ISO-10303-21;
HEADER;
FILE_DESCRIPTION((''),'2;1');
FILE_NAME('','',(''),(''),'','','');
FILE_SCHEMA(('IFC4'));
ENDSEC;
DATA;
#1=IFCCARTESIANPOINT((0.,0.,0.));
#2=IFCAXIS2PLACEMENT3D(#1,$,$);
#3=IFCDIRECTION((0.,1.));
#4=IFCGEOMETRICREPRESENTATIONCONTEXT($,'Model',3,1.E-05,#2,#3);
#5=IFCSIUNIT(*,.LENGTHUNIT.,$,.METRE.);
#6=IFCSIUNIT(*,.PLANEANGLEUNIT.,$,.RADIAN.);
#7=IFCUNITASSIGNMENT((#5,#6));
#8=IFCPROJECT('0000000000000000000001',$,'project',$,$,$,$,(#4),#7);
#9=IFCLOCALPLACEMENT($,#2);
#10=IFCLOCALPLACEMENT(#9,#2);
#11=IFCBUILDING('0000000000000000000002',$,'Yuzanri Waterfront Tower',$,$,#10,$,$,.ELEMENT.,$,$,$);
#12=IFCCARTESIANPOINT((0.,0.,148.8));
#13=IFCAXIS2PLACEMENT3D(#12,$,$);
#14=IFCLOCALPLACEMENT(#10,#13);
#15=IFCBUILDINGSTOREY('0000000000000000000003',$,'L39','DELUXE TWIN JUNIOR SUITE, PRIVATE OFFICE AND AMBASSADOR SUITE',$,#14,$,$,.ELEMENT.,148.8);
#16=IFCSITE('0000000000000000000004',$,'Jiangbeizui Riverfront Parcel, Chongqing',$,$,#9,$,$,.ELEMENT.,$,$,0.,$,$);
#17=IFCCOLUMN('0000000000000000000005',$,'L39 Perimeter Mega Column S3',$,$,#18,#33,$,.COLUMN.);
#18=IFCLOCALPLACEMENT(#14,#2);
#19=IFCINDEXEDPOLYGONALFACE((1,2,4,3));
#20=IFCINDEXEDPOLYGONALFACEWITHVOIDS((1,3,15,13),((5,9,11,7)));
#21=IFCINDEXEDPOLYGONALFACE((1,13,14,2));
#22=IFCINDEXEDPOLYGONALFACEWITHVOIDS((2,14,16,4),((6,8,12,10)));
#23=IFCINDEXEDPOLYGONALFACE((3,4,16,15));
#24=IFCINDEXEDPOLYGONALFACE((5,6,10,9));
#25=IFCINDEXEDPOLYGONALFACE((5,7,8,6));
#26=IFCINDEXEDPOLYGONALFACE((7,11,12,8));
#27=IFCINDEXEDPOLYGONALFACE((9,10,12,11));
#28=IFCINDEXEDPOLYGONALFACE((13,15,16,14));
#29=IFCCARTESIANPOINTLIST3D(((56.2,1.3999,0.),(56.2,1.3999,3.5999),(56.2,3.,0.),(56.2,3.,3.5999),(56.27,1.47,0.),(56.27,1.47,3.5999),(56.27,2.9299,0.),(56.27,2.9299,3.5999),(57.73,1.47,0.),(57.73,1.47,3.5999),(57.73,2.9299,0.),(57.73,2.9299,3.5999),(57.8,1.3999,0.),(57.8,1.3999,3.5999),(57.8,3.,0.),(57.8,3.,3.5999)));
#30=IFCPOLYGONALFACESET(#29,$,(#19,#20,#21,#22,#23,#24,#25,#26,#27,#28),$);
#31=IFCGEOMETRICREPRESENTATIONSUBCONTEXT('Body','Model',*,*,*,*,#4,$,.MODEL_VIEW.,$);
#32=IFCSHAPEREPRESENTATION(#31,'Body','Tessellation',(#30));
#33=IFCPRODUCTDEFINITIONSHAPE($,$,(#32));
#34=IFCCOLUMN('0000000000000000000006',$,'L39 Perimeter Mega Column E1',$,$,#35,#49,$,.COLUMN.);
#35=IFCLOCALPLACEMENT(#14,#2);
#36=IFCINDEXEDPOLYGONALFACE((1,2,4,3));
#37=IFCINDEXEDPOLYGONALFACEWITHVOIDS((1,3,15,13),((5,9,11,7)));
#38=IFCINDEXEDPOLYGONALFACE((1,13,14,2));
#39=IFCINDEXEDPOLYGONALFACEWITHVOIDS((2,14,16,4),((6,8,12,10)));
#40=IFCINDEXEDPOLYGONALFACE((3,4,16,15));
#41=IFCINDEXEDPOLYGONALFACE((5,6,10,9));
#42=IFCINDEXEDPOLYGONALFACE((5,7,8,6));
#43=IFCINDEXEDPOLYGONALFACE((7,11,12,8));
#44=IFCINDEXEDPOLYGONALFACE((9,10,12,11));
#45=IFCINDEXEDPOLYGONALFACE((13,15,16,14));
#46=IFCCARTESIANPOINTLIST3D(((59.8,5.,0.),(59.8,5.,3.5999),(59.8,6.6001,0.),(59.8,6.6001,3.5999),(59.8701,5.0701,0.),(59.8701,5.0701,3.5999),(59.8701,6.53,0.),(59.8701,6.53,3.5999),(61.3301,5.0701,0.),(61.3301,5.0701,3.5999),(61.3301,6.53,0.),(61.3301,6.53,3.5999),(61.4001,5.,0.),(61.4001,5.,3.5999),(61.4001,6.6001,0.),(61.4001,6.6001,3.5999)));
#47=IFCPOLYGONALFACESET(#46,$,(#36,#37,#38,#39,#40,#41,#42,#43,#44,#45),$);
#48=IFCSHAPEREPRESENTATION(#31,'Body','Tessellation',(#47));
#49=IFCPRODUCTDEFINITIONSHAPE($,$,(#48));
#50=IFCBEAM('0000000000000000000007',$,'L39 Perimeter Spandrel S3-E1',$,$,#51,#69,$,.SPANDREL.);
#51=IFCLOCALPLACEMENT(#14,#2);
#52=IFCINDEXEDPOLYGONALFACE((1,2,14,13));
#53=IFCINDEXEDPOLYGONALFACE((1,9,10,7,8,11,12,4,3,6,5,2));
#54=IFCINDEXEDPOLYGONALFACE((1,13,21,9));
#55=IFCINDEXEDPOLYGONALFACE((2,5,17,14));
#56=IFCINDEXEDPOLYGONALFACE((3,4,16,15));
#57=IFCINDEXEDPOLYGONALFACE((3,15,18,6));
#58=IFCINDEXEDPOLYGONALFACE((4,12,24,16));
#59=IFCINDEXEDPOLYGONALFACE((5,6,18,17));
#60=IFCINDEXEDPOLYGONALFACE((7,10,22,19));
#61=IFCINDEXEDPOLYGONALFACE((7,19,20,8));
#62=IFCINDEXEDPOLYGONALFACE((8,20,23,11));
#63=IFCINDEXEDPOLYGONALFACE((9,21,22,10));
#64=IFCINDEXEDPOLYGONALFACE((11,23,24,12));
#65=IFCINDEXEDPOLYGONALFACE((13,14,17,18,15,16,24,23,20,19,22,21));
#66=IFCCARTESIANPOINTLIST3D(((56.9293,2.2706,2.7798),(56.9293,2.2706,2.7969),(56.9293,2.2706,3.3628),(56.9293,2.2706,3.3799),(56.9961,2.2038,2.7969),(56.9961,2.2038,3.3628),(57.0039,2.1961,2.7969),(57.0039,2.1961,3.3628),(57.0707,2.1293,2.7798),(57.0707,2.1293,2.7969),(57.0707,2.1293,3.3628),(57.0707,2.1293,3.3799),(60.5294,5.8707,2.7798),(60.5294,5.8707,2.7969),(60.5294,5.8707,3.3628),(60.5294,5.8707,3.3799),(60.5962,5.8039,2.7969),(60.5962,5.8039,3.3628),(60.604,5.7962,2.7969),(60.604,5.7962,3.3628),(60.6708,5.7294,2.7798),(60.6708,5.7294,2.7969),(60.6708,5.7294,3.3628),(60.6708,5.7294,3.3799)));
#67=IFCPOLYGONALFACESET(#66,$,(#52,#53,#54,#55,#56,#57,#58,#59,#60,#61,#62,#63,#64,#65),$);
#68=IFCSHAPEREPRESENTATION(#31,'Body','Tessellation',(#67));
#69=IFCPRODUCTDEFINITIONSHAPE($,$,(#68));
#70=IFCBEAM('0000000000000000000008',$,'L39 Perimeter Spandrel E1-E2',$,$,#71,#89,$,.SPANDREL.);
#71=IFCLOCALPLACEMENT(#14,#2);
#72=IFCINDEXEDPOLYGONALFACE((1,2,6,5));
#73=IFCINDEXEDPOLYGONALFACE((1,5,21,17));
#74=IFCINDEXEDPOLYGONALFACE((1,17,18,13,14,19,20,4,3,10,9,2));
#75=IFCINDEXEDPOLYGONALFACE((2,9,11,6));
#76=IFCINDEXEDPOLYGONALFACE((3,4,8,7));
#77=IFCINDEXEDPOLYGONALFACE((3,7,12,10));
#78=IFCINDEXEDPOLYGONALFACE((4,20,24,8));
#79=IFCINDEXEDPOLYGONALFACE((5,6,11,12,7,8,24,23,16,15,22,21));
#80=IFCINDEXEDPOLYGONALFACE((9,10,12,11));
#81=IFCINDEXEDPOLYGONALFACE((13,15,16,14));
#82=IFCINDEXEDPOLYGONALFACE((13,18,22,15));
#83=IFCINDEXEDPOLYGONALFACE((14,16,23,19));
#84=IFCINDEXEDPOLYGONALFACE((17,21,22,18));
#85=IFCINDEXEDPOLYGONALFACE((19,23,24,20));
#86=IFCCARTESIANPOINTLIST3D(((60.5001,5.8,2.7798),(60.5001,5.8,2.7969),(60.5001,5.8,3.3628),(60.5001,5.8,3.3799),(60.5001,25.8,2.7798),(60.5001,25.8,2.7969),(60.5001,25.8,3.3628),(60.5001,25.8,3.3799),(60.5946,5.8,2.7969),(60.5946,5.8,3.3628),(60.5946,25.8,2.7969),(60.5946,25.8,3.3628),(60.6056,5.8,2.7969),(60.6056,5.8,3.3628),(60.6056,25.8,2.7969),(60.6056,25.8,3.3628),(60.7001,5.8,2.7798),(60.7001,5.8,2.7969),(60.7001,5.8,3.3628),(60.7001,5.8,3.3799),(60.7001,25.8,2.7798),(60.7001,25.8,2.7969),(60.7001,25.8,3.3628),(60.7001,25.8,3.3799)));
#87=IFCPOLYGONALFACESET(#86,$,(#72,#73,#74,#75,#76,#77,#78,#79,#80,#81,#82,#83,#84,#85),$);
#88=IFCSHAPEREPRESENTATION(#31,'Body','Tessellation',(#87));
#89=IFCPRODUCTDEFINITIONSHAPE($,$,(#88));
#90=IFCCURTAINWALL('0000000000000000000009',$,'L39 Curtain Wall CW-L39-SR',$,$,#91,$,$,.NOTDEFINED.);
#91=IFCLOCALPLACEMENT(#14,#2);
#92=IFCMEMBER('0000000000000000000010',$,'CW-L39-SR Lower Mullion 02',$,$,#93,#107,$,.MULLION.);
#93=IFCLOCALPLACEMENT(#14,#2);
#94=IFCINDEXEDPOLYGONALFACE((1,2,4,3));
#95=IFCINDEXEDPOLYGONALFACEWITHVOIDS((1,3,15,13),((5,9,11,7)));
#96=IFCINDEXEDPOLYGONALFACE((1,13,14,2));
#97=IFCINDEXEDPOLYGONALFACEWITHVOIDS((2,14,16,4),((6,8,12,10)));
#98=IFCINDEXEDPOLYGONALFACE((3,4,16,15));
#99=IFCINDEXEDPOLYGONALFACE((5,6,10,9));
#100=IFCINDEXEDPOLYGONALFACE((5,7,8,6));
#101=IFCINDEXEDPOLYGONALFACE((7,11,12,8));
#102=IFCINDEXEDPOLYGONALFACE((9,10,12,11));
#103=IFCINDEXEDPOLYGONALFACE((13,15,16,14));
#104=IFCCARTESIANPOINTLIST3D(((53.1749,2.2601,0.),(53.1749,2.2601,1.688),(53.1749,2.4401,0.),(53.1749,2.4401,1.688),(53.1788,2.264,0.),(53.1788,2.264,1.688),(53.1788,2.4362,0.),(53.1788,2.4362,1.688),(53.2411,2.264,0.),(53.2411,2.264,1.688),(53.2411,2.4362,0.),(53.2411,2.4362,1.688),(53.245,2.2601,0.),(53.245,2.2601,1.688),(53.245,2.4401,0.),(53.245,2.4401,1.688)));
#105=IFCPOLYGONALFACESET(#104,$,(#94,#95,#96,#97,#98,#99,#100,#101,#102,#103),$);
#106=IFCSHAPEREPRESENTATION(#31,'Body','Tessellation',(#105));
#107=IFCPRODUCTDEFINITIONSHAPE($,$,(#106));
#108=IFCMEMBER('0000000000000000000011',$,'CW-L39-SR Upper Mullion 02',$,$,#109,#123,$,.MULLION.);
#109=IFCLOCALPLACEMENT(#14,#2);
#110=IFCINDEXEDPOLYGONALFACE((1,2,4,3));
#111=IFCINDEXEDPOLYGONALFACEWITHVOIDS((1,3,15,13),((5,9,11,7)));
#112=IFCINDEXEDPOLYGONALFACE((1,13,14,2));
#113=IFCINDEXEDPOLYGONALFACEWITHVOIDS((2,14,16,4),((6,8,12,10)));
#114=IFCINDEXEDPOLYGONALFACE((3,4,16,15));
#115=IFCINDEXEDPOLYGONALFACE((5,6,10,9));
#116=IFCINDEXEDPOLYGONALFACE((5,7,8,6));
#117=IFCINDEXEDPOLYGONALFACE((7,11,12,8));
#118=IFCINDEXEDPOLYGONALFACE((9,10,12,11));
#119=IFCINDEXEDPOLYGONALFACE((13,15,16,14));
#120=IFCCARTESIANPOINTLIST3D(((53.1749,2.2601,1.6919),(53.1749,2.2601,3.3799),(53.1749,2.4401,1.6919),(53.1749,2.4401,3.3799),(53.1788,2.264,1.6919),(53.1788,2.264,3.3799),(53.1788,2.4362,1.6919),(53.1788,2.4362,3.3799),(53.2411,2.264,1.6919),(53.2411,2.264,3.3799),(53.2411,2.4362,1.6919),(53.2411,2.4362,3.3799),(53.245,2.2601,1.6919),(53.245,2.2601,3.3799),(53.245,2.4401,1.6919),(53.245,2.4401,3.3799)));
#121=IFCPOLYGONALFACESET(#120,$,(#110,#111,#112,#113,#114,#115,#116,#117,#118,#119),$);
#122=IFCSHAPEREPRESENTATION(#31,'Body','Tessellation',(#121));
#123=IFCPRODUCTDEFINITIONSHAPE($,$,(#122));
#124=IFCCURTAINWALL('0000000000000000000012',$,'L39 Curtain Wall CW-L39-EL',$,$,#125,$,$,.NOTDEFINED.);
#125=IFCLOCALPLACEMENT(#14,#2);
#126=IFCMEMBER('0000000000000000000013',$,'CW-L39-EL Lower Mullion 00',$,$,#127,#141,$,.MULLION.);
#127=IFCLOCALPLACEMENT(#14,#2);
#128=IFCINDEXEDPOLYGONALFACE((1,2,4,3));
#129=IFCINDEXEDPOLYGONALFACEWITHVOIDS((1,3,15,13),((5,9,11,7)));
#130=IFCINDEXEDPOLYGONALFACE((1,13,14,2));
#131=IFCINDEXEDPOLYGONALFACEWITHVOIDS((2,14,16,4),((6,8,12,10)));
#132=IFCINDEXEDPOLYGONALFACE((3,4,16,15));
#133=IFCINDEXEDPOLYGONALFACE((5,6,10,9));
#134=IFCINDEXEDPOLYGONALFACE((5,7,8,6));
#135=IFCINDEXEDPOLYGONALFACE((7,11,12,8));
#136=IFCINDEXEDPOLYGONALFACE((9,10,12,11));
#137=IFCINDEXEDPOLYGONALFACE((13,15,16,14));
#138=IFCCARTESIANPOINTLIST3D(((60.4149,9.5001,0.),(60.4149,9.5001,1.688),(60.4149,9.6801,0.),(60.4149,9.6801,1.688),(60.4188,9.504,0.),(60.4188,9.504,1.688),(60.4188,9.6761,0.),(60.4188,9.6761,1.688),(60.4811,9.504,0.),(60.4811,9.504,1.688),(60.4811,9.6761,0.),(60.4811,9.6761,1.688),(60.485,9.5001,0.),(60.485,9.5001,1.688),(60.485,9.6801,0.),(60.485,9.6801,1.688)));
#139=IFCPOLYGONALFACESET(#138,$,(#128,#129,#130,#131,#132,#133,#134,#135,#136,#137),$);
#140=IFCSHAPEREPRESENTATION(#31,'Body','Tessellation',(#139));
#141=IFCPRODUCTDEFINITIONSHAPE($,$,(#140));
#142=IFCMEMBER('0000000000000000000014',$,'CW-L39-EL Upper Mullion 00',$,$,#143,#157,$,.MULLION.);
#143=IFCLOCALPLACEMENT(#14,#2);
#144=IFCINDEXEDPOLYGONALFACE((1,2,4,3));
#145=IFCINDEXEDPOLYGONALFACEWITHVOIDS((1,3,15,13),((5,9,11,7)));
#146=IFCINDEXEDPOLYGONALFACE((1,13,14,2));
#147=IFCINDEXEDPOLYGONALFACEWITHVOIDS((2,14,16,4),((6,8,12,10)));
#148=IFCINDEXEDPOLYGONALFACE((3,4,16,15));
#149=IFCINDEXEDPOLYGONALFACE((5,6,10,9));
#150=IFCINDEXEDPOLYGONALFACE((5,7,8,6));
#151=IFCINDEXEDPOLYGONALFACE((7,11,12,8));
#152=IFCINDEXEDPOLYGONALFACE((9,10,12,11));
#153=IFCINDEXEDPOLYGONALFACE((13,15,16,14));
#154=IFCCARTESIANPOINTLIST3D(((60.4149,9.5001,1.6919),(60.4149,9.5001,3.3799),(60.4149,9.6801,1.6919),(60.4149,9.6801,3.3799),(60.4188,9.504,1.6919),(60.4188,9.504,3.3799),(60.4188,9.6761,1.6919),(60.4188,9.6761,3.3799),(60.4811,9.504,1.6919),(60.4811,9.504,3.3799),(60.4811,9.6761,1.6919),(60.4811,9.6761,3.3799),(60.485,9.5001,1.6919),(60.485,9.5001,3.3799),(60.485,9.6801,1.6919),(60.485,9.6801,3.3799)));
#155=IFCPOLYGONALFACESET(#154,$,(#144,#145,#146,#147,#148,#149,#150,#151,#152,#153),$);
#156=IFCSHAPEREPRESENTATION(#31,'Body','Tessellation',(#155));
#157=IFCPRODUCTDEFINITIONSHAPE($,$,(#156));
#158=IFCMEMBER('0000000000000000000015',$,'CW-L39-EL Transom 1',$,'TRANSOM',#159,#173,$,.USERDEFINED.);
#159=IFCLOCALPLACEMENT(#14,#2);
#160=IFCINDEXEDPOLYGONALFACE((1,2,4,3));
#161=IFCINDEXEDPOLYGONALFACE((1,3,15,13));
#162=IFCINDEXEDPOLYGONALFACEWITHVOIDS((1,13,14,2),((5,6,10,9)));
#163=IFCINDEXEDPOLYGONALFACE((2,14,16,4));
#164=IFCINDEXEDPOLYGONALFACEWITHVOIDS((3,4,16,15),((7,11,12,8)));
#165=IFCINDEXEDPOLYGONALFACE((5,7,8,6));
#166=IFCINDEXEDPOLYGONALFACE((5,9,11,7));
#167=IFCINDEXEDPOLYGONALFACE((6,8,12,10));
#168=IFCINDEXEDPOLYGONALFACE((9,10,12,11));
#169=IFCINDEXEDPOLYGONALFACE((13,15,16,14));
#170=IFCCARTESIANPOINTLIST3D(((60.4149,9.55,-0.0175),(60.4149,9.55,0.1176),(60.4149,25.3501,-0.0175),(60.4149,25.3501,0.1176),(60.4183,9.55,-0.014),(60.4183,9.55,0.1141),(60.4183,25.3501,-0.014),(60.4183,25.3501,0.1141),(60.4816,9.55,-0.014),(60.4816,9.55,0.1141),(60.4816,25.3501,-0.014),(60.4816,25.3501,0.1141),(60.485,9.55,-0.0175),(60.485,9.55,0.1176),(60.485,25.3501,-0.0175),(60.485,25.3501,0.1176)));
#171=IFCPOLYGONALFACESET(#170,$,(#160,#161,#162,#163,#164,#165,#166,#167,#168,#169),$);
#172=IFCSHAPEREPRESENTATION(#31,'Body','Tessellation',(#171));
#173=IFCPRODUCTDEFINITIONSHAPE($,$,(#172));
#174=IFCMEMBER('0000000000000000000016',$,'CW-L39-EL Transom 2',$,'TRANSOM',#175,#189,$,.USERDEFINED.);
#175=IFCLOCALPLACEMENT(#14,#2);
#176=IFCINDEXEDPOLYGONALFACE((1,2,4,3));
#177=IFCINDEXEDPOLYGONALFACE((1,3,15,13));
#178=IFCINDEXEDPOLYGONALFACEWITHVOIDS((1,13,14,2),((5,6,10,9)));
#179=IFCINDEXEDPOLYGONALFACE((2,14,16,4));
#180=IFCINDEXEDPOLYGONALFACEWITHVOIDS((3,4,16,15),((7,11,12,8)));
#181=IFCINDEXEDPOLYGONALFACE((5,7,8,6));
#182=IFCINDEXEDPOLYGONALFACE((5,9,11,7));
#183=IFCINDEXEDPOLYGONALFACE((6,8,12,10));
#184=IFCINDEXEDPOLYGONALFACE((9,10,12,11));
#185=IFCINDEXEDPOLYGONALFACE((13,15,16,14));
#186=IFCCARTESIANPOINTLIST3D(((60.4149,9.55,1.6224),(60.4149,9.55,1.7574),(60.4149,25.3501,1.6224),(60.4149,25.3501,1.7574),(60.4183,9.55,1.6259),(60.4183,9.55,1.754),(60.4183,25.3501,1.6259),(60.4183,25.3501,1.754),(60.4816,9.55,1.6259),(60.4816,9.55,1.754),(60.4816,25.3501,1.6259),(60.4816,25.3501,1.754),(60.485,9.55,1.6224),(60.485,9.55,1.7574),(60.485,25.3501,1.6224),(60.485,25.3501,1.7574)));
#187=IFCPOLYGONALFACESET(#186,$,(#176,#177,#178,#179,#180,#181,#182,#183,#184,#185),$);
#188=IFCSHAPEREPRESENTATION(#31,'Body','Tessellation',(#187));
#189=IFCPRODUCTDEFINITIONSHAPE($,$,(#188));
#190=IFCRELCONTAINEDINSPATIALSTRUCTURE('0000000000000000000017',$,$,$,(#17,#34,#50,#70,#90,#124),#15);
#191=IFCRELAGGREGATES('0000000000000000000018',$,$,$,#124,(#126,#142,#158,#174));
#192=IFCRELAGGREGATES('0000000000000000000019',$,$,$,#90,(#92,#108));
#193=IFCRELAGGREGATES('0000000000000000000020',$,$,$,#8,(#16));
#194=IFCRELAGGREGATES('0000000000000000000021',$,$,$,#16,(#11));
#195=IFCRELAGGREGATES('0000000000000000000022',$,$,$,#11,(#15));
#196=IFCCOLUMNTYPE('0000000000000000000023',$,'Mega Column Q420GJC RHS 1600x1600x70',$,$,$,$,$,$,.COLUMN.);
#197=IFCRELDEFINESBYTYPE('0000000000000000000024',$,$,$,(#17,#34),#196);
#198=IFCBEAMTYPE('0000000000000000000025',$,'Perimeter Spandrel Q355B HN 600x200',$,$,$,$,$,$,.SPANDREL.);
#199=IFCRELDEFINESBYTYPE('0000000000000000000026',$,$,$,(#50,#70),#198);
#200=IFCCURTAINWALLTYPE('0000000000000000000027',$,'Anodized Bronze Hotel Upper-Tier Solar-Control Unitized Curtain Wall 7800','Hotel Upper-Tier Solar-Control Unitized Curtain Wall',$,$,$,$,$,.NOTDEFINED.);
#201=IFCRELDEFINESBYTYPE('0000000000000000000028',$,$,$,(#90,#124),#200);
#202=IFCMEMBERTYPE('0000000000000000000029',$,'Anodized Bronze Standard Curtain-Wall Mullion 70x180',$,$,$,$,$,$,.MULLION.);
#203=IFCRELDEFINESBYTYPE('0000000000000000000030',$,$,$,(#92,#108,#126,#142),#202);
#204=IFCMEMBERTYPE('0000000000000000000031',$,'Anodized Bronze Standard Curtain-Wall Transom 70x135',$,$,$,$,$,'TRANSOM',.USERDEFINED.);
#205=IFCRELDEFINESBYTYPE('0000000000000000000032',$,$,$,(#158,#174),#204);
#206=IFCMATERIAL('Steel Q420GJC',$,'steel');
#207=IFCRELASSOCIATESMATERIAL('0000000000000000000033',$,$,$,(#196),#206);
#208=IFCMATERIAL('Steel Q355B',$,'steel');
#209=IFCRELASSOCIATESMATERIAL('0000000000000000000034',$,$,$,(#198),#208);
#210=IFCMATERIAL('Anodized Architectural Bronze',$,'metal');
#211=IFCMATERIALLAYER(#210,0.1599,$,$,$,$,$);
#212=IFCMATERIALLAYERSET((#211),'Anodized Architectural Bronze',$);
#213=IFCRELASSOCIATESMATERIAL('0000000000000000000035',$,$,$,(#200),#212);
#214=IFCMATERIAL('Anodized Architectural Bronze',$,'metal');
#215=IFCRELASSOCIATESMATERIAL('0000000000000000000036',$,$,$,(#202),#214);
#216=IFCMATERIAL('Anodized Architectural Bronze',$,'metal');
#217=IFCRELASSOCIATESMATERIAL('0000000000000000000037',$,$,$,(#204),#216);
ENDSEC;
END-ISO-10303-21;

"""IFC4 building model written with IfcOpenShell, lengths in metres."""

from ifc_helpers import new_model, si_unit, direction, frame, origin, origin_2d, place, context, subcontext, project, spatial, hollow_rectangle, i_section, extrude, source, transform, mapped, material, layer, layer_set, material_profile, profile_set, type_object, element, aggregate, save


model = new_model("IFC4")

# Units and contexts
model_context = context("Model", 3, precision=1e-05, world=origin(), true_north=direction((0.0, 1.0)))
body_context = subcontext(model_context, "Body", "Model", "MODEL_VIEW")
ifc_project = project(units=[si_unit("LENGTHUNIT", "METRE"), si_unit("PLANEANGLEUNIT", "RADIAN")], contexts=[model_context])

# Site, building, storey
site_placement = place(None, origin())
site = spatial("IfcSite", under=ifc_project, at=site_placement, Name="Jiangbeizui Riverfront Parcel, Chongqing", CompositionType="ELEMENT", RefElevation=0.0)
building_placement = place(site_placement, origin())
building = spatial("IfcBuilding", under=site, at=building_placement, Name="Yuzanri Waterfront Tower", CompositionType="ELEMENT")
storey_placement = place(building_placement, frame((0.0, 0.0, 148.8)))
storey = spatial("IfcBuildingStorey", under=building, at=storey_placement, Name="L39", Description="DELUXE TWIN JUNIOR SUITE, PRIVATE OFFICE AND AMBASSADOR SUITE", CompositionType="ELEMENT", Elevation=148.8)

# Columns
ifc_material_1 = material(Name="Steel Q420GJC", Category="steel")
ifc_material_profile_1 = material_profile(ifc_material_1, hollow_rectangle(XDim=1.6001, YDim=1.6001, WallThickness=0.0701, at=origin_2d()), Name="RHS 1600x1600x70")
ifc_profile_set_1 = profile_set([ifc_material_profile_1], Name="Steel Q420GJC")
column_type = type_object("IfcColumnType", Name="Mega Column Q420GJC RHS 1600x1600x70", PredefinedType="COLUMN", material=ifc_profile_set_1)
shared_shape_1 = source(origin(), body_context, "Body", "SweptSolid", [
    extrude(hollow_rectangle(XDim=1.6001, YDim=1.6001, WallThickness=0.0701, at=origin_2d()), origin(), (0.0, 0.0, 1.0), 3.5999),
])
for number, where, z_axis, x_axis, name in (
    (1, (57.0, 2.2, 0.0), (0.0, 0.0, 1.0), (1.0, 0.0, 0.0), "L39 Perimeter Mega Column S3"),
    (2, (60.6001, 5.8, 0.0), (0.0, 0.0, 1.0), (1.0, 0.0, 0.0), "L39 Perimeter Mega Column E1"),
):
    element("IfcColumn", number, at=place(storey_placement, frame(where, z_axis=z_axis, x_axis=x_axis)), inside=storey, type_object=column_type, Name=name, PredefinedType="COLUMN", context=body_context, shape_type="MappedRepresentation", body=[
        mapped(shared_shape_1, transform((0.0, 0.0, 0.0), scale=1.0)),
    ])

# Beams
ifc_material_2 = material(Name="Steel Q355B", Category="steel")
ifc_material_profile_2 = material_profile(ifc_material_2, i_section(OverallWidth=0.2, OverallDepth=0.6001, WebThickness=0.011, FlangeThickness=0.0171, at=origin_2d()), Name="HN 600x200x11x17")
ifc_profile_set_2 = profile_set([ifc_material_profile_2], Name="Steel Q355B")
beam_type = type_object("IfcBeamType", Name="Perimeter Spandrel Q355B HN 600x200", PredefinedType="SPANDREL", material=ifc_profile_set_2)
shared_shape_2 = source(origin(), body_context, "Body", "SweptSolid", [
    extrude(i_section(OverallWidth=0.2, OverallDepth=0.6001, WebThickness=0.011, FlangeThickness=0.0171, at=origin_2d()), origin(), (0.0, 0.0, 1.0), 5.0913),
])
beam_1_placement = place(storey_placement, frame((57.0, 2.2, 3.0798), z_axis=(0.707107, 0.707107, 0.0), x_axis=(-0.707107, 0.707107, 0.0)))
element("IfcBeam", 3, at=beam_1_placement, inside=storey, type_object=beam_type, Name="L39 Perimeter Spandrel S3-E1", PredefinedType="SPANDREL", context=body_context, shape_type="MappedRepresentation", body=[
    mapped(shared_shape_2, transform((0.0, 0.0, 0.0), scale=1.0)),
])
shared_shape_3 = source(origin(), body_context, "Body", "SweptSolid", [
    extrude(i_section(OverallWidth=0.2, OverallDepth=0.6001, WebThickness=0.011, FlangeThickness=0.0171, at=origin_2d()), origin(), (0.0, 0.0, 1.0), 20.0),
])
beam_2_placement = place(storey_placement, frame((60.6001, 5.8, 3.0798), z_axis=(0.0, 1.0, 0.0), x_axis=(-1.0, 0.0, 0.0)))
element("IfcBeam", 4, at=beam_2_placement, inside=storey, type_object=beam_type, Name="L39 Perimeter Spandrel E1-E2", PredefinedType="SPANDREL", context=body_context, shape_type="MappedRepresentation", body=[
    mapped(shared_shape_3, transform((0.0, 0.0, 0.0), scale=1.0)),
])

# Curtain walls, members
ifc_material_3 = material(Name="Anodized Architectural Bronze", Category="metal")
ifc_layer_1 = layer(ifc_material_3, 0.1599)
ifc_layer_set_1 = layer_set([ifc_layer_1], Name="Anodized Architectural Bronze")
curtain_wall_type = type_object("IfcCurtainWallType", Name="Anodized Bronze Hotel Upper-Tier Solar-Control Unitized Curtain Wall 7800", Description="Hotel Upper-Tier Solar-Control Unitized Curtain Wall", PredefinedType="NOTDEFINED", material=ifc_layer_set_1)
curtain_wall_1_placement = place(storey_placement, origin())
curtain_wall_1 = element("IfcCurtainWall", 5, at=curtain_wall_1_placement, inside=storey, type_object=curtain_wall_type, Name="L39 Curtain Wall CW-L39-SR", PredefinedType="NOTDEFINED")
ifc_material_4 = material(Name="Anodized Architectural Bronze", Category="metal")
ifc_material_profile_3 = material_profile(ifc_material_4, hollow_rectangle(XDim=0.0701, YDim=0.1799, WallThickness=0.0039, at=origin_2d()), Name="CWM 70x180")
ifc_profile_set_3 = profile_set([ifc_material_profile_3], Name="Anodized Architectural Bronze")
member_type_1 = type_object("IfcMemberType", Name="Anodized Bronze Standard Curtain-Wall Mullion 70x180", PredefinedType="MULLION", material=ifc_profile_set_3)
shared_shape_4 = source(origin(), body_context, "Body", "SweptSolid", [
    extrude(hollow_rectangle(XDim=0.0701, YDim=0.1799, WallThickness=0.0039, at=origin_2d()), origin(), (0.0, 0.0, 1.0), 1.688),
])
member_1_placement = place(storey_placement, frame((53.21, 2.3501, 0.0), z_axis=(0.0, 0.0, 1.0), x_axis=(1.0, 0.0, 0.0)))
member_1 = element("IfcMember", 6, at=member_1_placement, type_object=member_type_1, Name="CW-L39-SR Lower Mullion 02", PredefinedType="MULLION", context=body_context, shape_type="MappedRepresentation", body=[
    mapped(shared_shape_4, transform((0.0, 0.0, 0.0), scale=1.0)),
])
member_2_placement = place(storey_placement, frame((53.21, 2.3501, 1.6919), z_axis=(0.0, 0.0, 1.0), x_axis=(1.0, 0.0, 0.0)))
member_2 = element("IfcMember", 7, at=member_2_placement, type_object=member_type_1, Name="CW-L39-SR Upper Mullion 02", PredefinedType="MULLION", context=body_context, shape_type="MappedRepresentation", body=[
    mapped(shared_shape_4, transform((0.0, 0.0, 0.0), scale=1.0)),
])
curtain_wall_2_placement = place(storey_placement, origin())
curtain_wall_2 = element("IfcCurtainWall", 8, at=curtain_wall_2_placement, inside=storey, type_object=curtain_wall_type, Name="L39 Curtain Wall CW-L39-EL", PredefinedType="NOTDEFINED")
member_3_placement = place(storey_placement, frame((60.45, 9.5901, 0.0), z_axis=(0.0, 0.0, 1.0), x_axis=(1.0, 0.0, 0.0)))
member_3 = element("IfcMember", 9, at=member_3_placement, type_object=member_type_1, Name="CW-L39-EL Lower Mullion 00", PredefinedType="MULLION", context=body_context, shape_type="MappedRepresentation", body=[
    mapped(shared_shape_4, transform((0.0, 0.0, 0.0), scale=1.0)),
])
member_4_placement = place(storey_placement, frame((60.45, 9.5901, 1.6919), z_axis=(0.0, 0.0, 1.0), x_axis=(1.0, 0.0, 0.0)))
member_4 = element("IfcMember", 10, at=member_4_placement, type_object=member_type_1, Name="CW-L39-EL Upper Mullion 00", PredefinedType="MULLION", context=body_context, shape_type="MappedRepresentation", body=[
    mapped(shared_shape_4, transform((0.0, 0.0, 0.0), scale=1.0)),
])
ifc_material_5 = material(Name="Anodized Architectural Bronze", Category="metal")
ifc_material_profile_4 = material_profile(ifc_material_5, hollow_rectangle(XDim=0.0701, YDim=0.135, WallThickness=0.0034, at=origin_2d()), Name="CWT 70x135")
ifc_profile_set_4 = profile_set([ifc_material_profile_4], Name="Anodized Architectural Bronze")
member_type_2 = type_object("IfcMemberType", Name="Anodized Bronze Standard Curtain-Wall Transom 70x135", ElementType="TRANSOM", PredefinedType="USERDEFINED", material=ifc_profile_set_4)
shared_shape_5 = source(origin(), body_context, "Body", "SweptSolid", [
    extrude(hollow_rectangle(XDim=0.0701, YDim=0.135, WallThickness=0.0034, at=origin_2d()), origin(), (0.0, 0.0, 1.0), 15.8),
])
member_5_placement = place(storey_placement, frame((60.45, 9.55, 0.05), z_axis=(0.0, 1.0, 0.0), x_axis=(-1.0, 0.0, 0.0)))
member_5 = element("IfcMember", 11, at=member_5_placement, type_object=member_type_2, Name="CW-L39-EL Transom 1", ObjectType="TRANSOM", PredefinedType="USERDEFINED", context=body_context, shape_type="MappedRepresentation", body=[
    mapped(shared_shape_5, transform((0.0, 0.0, 0.0), scale=1.0)),
])
member_6_placement = place(storey_placement, frame((60.45, 9.55, 1.6899), z_axis=(0.0, 1.0, 0.0), x_axis=(-1.0, 0.0, 0.0)))
member_6 = element("IfcMember", 12, at=member_6_placement, type_object=member_type_2, Name="CW-L39-EL Transom 2", ObjectType="TRANSOM", PredefinedType="USERDEFINED", context=body_context, shape_type="MappedRepresentation", body=[
    mapped(shared_shape_5, transform((0.0, 0.0, 0.0), scale=1.0)),
])
aggregate(curtain_wall_2, [member_3, member_4, member_5, member_6])

aggregate(curtain_wall_1, [member_1, member_2])

save(model, "model.ifc")
